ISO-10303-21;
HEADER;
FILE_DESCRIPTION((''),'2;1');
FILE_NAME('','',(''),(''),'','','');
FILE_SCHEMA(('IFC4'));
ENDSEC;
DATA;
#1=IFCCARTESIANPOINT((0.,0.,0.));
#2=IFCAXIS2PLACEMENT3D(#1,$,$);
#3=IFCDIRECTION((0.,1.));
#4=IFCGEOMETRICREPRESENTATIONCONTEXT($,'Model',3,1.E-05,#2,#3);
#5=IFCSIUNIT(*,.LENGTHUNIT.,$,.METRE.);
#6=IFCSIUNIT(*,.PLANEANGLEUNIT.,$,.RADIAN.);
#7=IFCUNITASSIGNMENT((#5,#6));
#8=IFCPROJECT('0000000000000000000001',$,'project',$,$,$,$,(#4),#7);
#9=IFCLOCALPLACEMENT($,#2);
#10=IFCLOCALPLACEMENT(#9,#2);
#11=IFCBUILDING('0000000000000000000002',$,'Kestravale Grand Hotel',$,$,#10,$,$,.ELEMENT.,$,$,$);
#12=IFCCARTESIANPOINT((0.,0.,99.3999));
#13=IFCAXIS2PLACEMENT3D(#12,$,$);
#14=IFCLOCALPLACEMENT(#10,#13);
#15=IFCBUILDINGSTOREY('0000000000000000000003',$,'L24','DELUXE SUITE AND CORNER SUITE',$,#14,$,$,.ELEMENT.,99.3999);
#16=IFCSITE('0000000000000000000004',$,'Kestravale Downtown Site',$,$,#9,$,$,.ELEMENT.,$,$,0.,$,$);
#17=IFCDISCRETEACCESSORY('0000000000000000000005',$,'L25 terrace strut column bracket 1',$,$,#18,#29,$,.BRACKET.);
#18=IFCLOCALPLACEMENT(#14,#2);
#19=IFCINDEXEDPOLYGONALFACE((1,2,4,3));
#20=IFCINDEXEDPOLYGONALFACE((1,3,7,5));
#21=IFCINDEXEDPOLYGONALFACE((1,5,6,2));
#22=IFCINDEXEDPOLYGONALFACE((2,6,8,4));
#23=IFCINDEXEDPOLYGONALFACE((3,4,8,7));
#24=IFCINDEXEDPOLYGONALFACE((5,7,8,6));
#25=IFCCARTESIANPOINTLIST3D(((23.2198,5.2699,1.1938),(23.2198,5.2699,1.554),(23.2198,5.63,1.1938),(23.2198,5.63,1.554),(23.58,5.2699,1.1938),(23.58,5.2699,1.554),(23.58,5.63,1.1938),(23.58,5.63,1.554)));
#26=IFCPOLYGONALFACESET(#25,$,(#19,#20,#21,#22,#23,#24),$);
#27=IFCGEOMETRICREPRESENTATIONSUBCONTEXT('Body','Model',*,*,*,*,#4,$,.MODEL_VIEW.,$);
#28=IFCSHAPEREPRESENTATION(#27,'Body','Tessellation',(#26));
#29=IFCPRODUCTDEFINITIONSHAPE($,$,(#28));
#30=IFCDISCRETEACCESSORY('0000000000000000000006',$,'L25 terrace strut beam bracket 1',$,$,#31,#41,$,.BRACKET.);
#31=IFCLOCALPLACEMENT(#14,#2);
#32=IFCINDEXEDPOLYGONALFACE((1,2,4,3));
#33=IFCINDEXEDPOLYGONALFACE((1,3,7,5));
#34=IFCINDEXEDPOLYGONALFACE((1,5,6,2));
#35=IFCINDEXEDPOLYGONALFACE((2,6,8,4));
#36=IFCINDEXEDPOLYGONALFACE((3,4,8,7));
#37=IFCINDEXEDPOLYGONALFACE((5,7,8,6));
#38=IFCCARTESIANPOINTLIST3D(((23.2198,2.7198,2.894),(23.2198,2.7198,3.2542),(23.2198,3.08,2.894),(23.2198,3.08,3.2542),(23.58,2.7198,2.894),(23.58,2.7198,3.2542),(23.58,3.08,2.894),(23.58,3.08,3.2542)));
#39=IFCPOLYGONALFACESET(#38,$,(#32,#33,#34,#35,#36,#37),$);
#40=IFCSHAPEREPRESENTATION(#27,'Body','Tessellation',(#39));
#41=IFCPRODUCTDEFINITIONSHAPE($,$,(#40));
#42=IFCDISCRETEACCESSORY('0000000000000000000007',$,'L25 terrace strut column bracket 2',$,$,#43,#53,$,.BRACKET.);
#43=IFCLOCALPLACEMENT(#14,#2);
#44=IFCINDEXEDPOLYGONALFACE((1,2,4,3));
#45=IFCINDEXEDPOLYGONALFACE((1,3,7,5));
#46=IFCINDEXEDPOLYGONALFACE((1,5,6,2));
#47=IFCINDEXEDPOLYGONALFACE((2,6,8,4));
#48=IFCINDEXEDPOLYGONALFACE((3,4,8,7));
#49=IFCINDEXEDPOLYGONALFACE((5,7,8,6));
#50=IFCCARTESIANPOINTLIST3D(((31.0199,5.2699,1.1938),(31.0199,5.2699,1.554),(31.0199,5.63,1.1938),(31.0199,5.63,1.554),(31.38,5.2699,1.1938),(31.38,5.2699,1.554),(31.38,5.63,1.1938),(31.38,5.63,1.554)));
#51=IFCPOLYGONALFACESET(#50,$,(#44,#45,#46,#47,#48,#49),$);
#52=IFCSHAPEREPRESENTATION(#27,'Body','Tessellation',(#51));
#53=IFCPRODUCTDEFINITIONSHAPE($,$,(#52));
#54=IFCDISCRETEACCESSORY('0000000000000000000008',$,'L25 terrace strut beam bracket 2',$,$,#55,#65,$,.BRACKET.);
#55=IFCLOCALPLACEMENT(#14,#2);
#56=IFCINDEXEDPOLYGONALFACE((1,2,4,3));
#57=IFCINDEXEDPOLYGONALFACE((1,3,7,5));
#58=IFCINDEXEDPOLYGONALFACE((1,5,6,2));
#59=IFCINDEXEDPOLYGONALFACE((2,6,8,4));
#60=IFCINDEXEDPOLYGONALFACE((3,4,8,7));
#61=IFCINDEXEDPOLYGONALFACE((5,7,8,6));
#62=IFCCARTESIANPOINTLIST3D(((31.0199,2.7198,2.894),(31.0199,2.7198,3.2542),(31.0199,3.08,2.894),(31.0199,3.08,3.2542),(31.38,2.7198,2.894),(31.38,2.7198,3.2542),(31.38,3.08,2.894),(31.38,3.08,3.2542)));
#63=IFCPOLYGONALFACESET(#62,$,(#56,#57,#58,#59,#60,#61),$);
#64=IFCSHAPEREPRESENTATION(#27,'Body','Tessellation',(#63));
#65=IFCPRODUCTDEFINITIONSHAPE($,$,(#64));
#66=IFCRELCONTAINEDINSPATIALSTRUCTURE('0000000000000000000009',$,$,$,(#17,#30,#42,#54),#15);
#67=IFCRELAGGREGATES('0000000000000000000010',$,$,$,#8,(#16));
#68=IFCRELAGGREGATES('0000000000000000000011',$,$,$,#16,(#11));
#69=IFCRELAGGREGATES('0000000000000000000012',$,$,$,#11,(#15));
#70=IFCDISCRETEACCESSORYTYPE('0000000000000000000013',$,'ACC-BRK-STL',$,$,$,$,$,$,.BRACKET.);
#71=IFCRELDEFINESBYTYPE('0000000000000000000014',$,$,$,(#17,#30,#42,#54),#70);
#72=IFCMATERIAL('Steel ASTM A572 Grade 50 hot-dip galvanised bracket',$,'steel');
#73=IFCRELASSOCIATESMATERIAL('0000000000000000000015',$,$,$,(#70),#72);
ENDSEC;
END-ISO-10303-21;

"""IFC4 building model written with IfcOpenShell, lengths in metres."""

from ifc_helpers import new_model, si_unit, direction, frame, origin, origin_2d, place, context, subcontext, project, spatial, rectangle, extrude, material, type_object, element, save


model = new_model("IFC4")

# Units and contexts
model_context = context("Model", 3, precision=1e-05, world=origin(), true_north=direction((0.0, 1.0)))
body_context = subcontext(model_context, "Body", "Model", "MODEL_VIEW")
ifc_project = project(units=[si_unit("LENGTHUNIT", "METRE"), si_unit("PLANEANGLEUNIT", "RADIAN")], contexts=[model_context])

# Site, building, storey
site_placement = place(None, origin())
site = spatial("IfcSite", under=ifc_project, at=site_placement, Name="Kestravale Downtown Site", CompositionType="ELEMENT", RefElevation=0.0)
building_placement = place(site_placement, origin())
building = spatial("IfcBuilding", under=site, at=building_placement, Name="Kestravale Grand Hotel", CompositionType="ELEMENT")
storey_placement = place(building_placement, frame((0.0, 0.0, 99.3999)))
storey = spatial("IfcBuildingStorey", under=building, at=storey_placement, Name="L24", Description="DELUXE SUITE AND CORNER SUITE", CompositionType="ELEMENT", Elevation=99.3999)

# Discrete accessories
ifc_material_1 = material(Name="Steel ASTM A572 Grade 50 hot-dip galvanised bracket", Category="steel")
discrete_accessory_type = type_object("IfcDiscreteAccessoryType", Name="ACC-BRK-STL", PredefinedType="BRACKET", material=ifc_material_1)
for number, where, z_axis, x_axis, name in (
    (1, (23.3999, 5.45, 1.1938), (0.0, 0.0, 1.0), (1.0, 0.0, 0.0), "L25 terrace strut column bracket 1"),
    (2, (23.3999, 2.8999, 2.894), (0.0, 0.0, 1.0), (1.0, 0.0, 0.0), "L25 terrace strut beam bracket 1"),
    (3, (31.2, 5.45, 1.1938), (0.0, 0.0, 1.0), (1.0, 0.0, 0.0), "L25 terrace strut column bracket 2"),
    (4, (31.2, 2.8999, 2.894), (0.0, 0.0, 1.0), (1.0, 0.0, 0.0), "L25 terrace strut beam bracket 2"),
):
    element("IfcDiscreteAccessory", number, at=place(storey_placement, frame(where, z_axis=z_axis, x_axis=x_axis)), inside=storey, type_object=discrete_accessory_type, Name=name, PredefinedType="BRACKET", context=body_context, shape_type="SweptSolid", body=[
        extrude(rectangle(XDim=0.3601, YDim=0.3601, at=origin_2d()), origin(), (0.0, 0.0, 1.0), 0.3601),
    ])

save(model, "model.ifc")
